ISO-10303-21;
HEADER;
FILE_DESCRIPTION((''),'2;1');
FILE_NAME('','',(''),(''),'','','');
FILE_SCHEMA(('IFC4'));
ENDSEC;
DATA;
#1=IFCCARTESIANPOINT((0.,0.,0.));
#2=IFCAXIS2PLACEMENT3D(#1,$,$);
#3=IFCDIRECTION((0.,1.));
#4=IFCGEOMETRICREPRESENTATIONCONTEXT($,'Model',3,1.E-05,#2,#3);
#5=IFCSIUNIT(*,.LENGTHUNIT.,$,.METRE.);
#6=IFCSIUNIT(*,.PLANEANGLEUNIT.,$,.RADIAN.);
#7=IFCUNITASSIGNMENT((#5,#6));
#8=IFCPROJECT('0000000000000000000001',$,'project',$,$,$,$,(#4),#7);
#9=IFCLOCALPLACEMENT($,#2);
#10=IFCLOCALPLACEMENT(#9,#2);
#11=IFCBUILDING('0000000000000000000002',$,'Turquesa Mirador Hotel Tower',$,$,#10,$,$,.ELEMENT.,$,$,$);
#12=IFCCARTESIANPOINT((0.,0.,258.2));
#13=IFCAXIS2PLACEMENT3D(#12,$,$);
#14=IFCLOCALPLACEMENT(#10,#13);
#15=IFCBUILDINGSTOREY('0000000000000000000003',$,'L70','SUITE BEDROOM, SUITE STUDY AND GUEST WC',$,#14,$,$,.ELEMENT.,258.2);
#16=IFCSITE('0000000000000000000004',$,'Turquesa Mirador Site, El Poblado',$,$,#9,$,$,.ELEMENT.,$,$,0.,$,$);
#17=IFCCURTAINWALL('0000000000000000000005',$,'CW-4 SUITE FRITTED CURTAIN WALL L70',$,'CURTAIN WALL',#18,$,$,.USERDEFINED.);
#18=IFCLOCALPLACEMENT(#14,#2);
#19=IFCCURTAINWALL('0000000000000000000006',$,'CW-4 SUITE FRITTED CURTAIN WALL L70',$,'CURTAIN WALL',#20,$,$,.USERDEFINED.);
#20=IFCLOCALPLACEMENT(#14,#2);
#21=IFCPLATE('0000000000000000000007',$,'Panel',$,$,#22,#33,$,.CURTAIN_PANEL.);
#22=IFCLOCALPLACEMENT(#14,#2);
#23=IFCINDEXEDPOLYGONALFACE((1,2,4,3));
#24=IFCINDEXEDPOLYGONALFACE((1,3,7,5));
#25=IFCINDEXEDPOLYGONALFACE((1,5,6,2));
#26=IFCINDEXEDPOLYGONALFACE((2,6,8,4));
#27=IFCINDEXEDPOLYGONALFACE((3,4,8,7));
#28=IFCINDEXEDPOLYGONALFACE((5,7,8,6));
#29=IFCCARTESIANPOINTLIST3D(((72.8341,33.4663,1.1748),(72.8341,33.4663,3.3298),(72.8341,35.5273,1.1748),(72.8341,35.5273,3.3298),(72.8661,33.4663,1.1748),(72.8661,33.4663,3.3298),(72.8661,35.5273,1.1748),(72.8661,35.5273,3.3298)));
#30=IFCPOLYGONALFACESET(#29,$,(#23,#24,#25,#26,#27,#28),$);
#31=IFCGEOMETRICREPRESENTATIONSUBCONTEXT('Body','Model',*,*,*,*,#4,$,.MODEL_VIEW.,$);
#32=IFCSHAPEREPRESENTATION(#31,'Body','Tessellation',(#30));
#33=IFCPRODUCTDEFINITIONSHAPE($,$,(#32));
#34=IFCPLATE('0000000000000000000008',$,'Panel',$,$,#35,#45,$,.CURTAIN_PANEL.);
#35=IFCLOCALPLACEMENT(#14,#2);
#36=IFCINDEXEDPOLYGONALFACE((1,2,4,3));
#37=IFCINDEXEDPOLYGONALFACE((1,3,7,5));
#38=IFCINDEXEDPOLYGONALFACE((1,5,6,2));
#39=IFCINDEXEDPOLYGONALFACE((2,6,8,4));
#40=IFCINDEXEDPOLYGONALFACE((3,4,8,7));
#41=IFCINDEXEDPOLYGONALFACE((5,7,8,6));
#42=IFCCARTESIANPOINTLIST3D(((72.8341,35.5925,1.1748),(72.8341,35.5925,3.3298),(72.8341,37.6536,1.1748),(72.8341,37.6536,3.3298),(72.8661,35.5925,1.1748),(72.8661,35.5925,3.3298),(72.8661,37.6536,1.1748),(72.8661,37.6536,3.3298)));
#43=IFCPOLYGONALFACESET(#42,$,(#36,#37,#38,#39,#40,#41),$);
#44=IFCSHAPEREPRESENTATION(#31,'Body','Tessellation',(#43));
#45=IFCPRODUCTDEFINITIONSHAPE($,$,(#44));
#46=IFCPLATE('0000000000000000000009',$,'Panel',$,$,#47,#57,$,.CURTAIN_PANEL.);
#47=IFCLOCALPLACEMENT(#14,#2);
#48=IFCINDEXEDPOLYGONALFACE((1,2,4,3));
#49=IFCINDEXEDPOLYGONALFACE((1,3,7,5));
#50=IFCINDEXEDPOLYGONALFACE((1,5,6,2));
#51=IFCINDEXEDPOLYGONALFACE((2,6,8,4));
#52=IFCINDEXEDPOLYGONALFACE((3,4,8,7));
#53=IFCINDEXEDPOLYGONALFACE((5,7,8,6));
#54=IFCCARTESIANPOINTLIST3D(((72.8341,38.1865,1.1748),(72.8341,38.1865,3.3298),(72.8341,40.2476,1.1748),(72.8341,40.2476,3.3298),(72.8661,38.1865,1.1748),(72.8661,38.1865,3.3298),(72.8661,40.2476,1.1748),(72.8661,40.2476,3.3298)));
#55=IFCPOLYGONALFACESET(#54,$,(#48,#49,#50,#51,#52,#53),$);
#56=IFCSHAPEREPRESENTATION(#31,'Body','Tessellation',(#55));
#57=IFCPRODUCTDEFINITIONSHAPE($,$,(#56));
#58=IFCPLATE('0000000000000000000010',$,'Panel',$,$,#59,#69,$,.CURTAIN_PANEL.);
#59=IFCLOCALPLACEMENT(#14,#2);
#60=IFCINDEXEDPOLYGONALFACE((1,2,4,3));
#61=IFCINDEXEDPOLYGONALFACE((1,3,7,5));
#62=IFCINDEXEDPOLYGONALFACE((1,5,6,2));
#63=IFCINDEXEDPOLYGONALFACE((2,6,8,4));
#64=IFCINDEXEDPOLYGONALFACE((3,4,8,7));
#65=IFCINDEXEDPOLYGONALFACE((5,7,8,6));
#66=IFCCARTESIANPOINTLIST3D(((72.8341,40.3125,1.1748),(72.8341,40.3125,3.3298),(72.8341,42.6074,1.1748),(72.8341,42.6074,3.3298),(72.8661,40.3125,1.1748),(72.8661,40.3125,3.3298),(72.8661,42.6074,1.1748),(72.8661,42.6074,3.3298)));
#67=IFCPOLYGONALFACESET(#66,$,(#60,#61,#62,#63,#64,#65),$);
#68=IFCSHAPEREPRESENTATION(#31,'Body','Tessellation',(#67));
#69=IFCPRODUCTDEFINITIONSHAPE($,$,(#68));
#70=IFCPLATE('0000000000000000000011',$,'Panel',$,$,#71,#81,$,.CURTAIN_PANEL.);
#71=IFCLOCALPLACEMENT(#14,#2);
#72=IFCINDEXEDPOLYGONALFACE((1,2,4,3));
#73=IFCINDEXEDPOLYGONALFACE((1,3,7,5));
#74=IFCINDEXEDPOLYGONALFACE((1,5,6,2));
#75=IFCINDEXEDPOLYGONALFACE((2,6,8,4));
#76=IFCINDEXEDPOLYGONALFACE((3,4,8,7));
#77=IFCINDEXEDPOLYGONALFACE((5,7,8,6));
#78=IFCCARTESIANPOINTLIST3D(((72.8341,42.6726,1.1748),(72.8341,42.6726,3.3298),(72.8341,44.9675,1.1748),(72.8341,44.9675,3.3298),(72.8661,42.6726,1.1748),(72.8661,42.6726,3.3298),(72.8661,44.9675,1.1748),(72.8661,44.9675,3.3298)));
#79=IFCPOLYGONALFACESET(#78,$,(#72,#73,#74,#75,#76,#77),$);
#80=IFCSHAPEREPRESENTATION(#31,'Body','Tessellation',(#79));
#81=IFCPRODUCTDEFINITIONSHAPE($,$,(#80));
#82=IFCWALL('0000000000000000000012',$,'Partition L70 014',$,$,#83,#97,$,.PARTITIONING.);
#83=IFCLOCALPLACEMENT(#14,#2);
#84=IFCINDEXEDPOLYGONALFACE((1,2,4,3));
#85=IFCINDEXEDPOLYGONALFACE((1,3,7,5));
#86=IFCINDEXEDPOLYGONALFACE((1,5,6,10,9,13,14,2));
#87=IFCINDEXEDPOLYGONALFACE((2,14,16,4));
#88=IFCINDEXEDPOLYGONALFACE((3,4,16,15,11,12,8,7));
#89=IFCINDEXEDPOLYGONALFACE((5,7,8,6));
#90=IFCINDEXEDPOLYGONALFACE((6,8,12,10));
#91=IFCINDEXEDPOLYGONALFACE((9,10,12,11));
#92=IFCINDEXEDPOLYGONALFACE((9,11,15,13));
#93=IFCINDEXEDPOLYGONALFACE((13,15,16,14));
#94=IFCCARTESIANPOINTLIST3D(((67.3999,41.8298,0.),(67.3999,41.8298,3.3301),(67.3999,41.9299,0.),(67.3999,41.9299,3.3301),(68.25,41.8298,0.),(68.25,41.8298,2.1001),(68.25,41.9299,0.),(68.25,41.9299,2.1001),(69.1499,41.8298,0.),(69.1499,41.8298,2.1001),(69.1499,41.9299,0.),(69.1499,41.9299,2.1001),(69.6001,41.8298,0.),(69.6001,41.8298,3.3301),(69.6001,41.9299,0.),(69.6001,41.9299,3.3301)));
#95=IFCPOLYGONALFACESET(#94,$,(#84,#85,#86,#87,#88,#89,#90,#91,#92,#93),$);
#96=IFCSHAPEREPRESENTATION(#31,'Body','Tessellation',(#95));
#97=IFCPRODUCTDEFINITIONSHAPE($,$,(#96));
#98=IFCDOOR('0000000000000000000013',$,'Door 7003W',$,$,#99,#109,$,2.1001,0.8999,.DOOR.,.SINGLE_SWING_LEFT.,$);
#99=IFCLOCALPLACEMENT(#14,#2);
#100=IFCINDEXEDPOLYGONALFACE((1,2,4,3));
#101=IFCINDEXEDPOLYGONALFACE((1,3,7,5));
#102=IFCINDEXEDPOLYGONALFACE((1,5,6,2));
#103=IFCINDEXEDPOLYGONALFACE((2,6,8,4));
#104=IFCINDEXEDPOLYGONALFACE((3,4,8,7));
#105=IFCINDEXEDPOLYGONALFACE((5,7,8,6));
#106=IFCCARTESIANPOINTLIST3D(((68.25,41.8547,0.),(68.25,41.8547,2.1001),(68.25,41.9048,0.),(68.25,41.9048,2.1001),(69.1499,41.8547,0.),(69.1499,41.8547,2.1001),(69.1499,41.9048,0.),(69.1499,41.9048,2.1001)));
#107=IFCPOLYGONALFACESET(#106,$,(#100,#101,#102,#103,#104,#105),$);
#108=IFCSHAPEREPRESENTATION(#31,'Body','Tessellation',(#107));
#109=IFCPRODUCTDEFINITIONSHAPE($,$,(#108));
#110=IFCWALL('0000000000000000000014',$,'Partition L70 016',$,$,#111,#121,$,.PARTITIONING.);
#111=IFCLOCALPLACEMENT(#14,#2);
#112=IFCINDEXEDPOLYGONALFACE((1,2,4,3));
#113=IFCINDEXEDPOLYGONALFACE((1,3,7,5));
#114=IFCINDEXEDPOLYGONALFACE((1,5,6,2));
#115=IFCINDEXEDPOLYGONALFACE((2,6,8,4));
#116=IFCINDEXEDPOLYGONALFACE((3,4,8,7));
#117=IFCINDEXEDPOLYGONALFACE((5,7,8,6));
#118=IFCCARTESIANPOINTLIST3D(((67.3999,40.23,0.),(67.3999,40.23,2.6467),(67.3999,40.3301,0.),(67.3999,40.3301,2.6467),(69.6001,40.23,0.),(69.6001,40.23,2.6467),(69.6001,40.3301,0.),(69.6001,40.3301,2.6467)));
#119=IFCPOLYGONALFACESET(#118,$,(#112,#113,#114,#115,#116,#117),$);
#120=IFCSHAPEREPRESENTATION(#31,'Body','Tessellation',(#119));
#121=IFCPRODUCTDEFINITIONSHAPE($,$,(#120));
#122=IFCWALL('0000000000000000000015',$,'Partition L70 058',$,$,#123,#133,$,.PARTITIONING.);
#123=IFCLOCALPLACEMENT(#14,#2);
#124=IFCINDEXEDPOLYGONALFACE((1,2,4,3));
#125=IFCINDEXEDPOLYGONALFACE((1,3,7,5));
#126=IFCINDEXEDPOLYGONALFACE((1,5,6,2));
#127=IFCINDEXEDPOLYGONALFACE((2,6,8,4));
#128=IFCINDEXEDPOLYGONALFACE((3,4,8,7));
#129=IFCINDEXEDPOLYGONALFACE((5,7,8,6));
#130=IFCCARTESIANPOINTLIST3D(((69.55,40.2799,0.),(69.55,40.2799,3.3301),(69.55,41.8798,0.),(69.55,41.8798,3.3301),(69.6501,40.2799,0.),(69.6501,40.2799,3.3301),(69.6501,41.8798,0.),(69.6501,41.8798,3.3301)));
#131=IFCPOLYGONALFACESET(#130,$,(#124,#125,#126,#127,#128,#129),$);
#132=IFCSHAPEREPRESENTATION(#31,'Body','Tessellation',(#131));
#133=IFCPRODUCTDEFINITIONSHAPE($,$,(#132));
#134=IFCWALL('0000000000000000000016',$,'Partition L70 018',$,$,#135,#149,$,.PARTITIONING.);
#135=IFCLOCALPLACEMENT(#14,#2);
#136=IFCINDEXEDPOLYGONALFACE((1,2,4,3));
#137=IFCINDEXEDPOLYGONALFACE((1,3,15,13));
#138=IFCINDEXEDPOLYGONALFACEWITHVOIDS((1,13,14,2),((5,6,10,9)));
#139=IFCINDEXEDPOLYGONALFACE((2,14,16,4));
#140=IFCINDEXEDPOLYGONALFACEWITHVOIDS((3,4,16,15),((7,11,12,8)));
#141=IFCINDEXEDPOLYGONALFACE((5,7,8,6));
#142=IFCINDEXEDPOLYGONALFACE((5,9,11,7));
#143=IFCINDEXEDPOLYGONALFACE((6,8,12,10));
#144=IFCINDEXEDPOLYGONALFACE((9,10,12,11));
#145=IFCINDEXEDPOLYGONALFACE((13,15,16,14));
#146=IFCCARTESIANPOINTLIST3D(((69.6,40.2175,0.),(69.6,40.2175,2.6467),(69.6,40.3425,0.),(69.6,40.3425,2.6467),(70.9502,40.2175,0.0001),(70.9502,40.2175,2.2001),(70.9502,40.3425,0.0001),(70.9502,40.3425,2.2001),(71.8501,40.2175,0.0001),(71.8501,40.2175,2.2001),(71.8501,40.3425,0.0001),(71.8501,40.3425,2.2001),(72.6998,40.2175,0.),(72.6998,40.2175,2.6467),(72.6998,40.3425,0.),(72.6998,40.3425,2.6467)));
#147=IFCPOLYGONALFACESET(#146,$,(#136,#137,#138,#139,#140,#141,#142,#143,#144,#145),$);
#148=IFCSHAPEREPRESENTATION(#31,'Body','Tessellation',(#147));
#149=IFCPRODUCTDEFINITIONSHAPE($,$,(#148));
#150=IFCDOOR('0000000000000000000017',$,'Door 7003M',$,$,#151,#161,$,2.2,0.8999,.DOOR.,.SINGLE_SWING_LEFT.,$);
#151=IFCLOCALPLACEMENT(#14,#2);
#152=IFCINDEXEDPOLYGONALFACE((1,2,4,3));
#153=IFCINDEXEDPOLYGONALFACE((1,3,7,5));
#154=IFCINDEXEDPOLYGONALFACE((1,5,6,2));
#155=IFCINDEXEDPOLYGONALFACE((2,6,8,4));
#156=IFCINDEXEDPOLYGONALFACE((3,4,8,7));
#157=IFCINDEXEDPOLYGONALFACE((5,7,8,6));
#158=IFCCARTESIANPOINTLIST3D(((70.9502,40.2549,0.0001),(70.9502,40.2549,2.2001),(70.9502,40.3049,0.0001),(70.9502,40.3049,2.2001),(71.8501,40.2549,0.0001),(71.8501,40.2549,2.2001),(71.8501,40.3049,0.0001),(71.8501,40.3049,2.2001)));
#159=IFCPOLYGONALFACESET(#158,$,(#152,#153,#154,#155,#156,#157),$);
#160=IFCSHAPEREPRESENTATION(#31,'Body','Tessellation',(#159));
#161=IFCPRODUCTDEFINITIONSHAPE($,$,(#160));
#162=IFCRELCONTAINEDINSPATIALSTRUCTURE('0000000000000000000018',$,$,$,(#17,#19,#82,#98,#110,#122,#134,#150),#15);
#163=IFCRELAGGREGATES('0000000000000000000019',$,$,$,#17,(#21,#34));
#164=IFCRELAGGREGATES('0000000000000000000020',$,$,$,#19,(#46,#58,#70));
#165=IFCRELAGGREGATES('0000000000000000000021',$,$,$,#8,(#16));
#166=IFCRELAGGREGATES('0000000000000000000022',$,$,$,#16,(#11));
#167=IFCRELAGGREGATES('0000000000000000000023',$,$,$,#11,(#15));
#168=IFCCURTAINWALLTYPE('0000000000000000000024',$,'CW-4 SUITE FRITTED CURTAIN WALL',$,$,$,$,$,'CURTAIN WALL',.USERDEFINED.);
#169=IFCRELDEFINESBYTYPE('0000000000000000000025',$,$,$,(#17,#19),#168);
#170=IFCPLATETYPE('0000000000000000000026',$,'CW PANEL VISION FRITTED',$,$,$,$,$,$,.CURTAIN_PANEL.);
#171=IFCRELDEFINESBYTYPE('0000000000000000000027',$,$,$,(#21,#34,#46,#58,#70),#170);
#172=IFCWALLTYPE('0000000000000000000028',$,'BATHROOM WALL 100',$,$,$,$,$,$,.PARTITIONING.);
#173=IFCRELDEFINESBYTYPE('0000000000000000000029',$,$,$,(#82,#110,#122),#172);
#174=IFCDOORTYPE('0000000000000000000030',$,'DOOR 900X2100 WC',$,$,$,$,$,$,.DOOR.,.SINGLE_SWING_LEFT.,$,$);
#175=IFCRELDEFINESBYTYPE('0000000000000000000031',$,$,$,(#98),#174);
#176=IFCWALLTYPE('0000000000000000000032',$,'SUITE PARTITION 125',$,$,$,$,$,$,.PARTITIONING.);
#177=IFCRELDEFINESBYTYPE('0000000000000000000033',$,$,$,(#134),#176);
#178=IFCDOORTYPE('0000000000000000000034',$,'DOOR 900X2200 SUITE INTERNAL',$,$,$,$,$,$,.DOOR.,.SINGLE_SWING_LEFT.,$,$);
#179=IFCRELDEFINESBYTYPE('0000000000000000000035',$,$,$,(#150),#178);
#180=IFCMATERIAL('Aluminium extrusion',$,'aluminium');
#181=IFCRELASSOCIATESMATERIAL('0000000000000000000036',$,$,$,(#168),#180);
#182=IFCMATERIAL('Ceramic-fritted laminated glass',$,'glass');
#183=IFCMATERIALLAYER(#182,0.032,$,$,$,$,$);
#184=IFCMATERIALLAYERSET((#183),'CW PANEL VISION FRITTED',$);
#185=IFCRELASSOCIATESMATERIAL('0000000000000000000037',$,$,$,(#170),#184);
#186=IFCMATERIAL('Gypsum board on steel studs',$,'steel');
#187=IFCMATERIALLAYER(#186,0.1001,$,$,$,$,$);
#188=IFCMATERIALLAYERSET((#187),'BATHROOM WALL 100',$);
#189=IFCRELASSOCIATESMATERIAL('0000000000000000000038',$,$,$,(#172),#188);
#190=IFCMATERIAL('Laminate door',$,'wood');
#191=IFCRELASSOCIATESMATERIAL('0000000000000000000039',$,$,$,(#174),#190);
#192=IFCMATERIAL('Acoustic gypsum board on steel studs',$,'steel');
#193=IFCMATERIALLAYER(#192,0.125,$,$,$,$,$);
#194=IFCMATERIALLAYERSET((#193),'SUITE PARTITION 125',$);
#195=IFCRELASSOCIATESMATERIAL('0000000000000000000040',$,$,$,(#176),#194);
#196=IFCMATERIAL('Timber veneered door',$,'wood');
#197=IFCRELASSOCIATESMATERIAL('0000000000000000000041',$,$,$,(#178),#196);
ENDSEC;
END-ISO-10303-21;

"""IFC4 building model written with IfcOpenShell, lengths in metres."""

from ifc_helpers import new_model, si_unit, direction, frame, frame_2d, origin, origin_2d, place, context, subcontext, project, spatial, rectangle, extrude, material, layer, layer_set, type_object, element, fill, aggregate, save


model = new_model("IFC4")

# Units and contexts
model_context = context("Model", 3, precision=1e-05, world=origin(), true_north=direction((0.0, 1.0)))
body_context = subcontext(model_context, "Body", "Model", "MODEL_VIEW")
ifc_project = project(units=[si_unit("LENGTHUNIT", "METRE"), si_unit("PLANEANGLEUNIT", "RADIAN")], contexts=[model_context])

# Site, building, storey
site_placement = place(None, origin())
site = spatial("IfcSite", under=ifc_project, at=site_placement, Name="Turquesa Mirador Site, El Poblado", CompositionType="ELEMENT", RefElevation=0.0)
building_placement = place(site_placement, origin())
building = spatial("IfcBuilding", under=site, at=building_placement, Name="Turquesa Mirador Hotel Tower", CompositionType="ELEMENT")
storey_placement = place(building_placement, frame((0.0, 0.0, 258.2)))
storey = spatial("IfcBuildingStorey", under=building, at=storey_placement, Name="L70", Description="SUITE BEDROOM, SUITE STUDY AND GUEST WC", CompositionType="ELEMENT", Elevation=258.2)

# Curtain walls
ifc_material_1 = material(Name="Aluminium extrusion", Category="aluminium")
curtain_wall_type = type_object("IfcCurtainWallType", Name="CW-4 SUITE FRITTED CURTAIN WALL", ElementType="CURTAIN WALL", PredefinedType="USERDEFINED", material=ifc_material_1)
curtain_wall_1_placement = place(storey_placement, origin())
curtain_wall_1 = element("IfcCurtainWall", 1, at=curtain_wall_1_placement, inside=storey, type_object=curtain_wall_type, Name="CW-4 SUITE FRITTED CURTAIN WALL L70", ObjectType="CURTAIN WALL", PredefinedType="USERDEFINED")
curtain_wall_2_placement = place(storey_placement, origin())
curtain_wall_2 = element("IfcCurtainWall", 2, at=curtain_wall_2_placement, inside=storey, type_object=curtain_wall_type, Name="CW-4 SUITE FRITTED CURTAIN WALL L70", ObjectType="CURTAIN WALL", PredefinedType="USERDEFINED")

# Plates
ifc_material_2 = material(Name="Ceramic-fritted laminated glass", Category="glass")
ifc_layer_1 = layer(ifc_material_2, 0.032)
ifc_layer_set_1 = layer_set([ifc_layer_1], Name="CW PANEL VISION FRITTED")
plate_type_1 = type_object("IfcPlateType", Name="CW PANEL VISION FRITTED", PredefinedType="CURTAIN_PANEL", material=ifc_layer_set_1)
plate_1_placement = place(storey_placement, frame((72.8501, 34.4968, 1.1748), z_axis=(0.0, 0.0, 1.0), x_axis=(0.0, 1.0, 0.0)))
plate_1 = element("IfcPlate", 3, at=plate_1_placement, type_object=plate_type_1, Name="Panel", PredefinedType="CURTAIN_PANEL", context=body_context, shape_type="SweptSolid", body=[
    extrude(rectangle(XDim=2.061, YDim=0.032, at=origin_2d()), origin(), (0.0, 0.0, 1.0), 2.155),
])
plate_2_placement = place(storey_placement, frame((72.8501, 36.623, 1.1748), z_axis=(0.0, 0.0, 1.0), x_axis=(0.0, 1.0, 0.0)))
plate_2 = element("IfcPlate", 4, at=plate_2_placement, type_object=plate_type_1, Name="Panel", PredefinedType="CURTAIN_PANEL", context=body_context, shape_type="SweptSolid", body=[
    extrude(rectangle(XDim=2.061, YDim=0.032, at=origin_2d()), origin(), (0.0, 0.0, 1.0), 2.155),
])
aggregate(curtain_wall_1, [plate_1, plate_2])
plate_3_placement = place(storey_placement, frame((72.8501, 39.217, 1.1748), z_axis=(0.0, 0.0, 1.0), x_axis=(0.0, 1.0, 0.0)))
plate_3 = element("IfcPlate", 5, at=plate_3_placement, type_object=plate_type_1, Name="Panel", PredefinedType="CURTAIN_PANEL", context=body_context, shape_type="SweptSolid", body=[
    extrude(rectangle(XDim=2.061, YDim=0.032, at=origin_2d()), origin(), (0.0, 0.0, 1.0), 2.155),
])
plate_4_placement = place(storey_placement, frame((72.8501, 41.46, 1.1748), z_axis=(0.0, 0.0, 1.0), x_axis=(0.0, 1.0, 0.0)))
plate_4 = element("IfcPlate", 6, at=plate_4_placement, type_object=plate_type_1, Name="Panel", PredefinedType="CURTAIN_PANEL", context=body_context, shape_type="SweptSolid", body=[
    extrude(rectangle(XDim=2.2949, YDim=0.032, at=origin_2d()), origin(), (0.0, 0.0, 1.0), 2.155),
])
plate_5_placement = place(storey_placement, frame((72.8501, 43.8201, 1.1748), z_axis=(0.0, 0.0, 1.0), x_axis=(0.0, 1.0, 0.0)))
plate_5 = element("IfcPlate", 7, at=plate_5_placement, type_object=plate_type_1, Name="Panel", PredefinedType="CURTAIN_PANEL", context=body_context, shape_type="SweptSolid", body=[
    extrude(rectangle(XDim=2.2949, YDim=0.032, at=origin_2d()), origin(), (0.0, 0.0, 1.0), 2.155),
])
aggregate(curtain_wall_2, [plate_3, plate_4, plate_5])

# Wall, opening, door
ifc_material_3 = material(Name="Gypsum board on steel studs", Category="steel")
ifc_layer_2 = layer(ifc_material_3, 0.1001)
ifc_layer_set_2 = layer_set([ifc_layer_2], Name="BATHROOM WALL 100")
wall_type_1 = type_object("IfcWallType", Name="BATHROOM WALL 100", PredefinedType="PARTITIONING", material=ifc_layer_set_2)
wall_1_placement = place(storey_placement, frame((67.3999, 41.8799, 0.0), z_axis=(0.0, 0.0, 1.0), x_axis=(1.0, 0.0, 0.0)))
wall_1 = element("IfcWall", 8, at=wall_1_placement, inside=storey, type_object=wall_type_1, Name="Partition L70 014", PredefinedType="PARTITIONING", context=body_context, shape_type="SweptSolid", body=[
    extrude(rectangle(XDim=2.2002, YDim=0.1001, at=frame_2d((1.1001, 0.0))), origin(), (0.0, 0.0, 1.0), 3.3301),
])
opening_1_placement = place(wall_1_placement, frame((0.8501, 0.0, 0.0)))
opening_1 = element("IfcOpeningElement", 9, at=opening_1_placement, cuts=wall_1, PredefinedType="OPENING", context=body_context, shape_type="SweptSolid", body=[
    extrude(rectangle(XDim=0.8999, YDim=2.1001, at=frame_2d((0.45, 1.05))), frame((0.0, 0.0601, 0.0), z_axis=(0.0, -1.0, 0.0), x_axis=(1.0, 0.0, 0.0)), (0.0, 0.0, 1.0), 0.1201),
])
ifc_material_4 = material(Name="Laminate door", Category="wood")
door_type_1 = type_object("IfcDoorType", Name="DOOR 900X2100 WC", OperationType="SINGLE_SWING_LEFT", PredefinedType="DOOR", material=ifc_material_4)
door_1_placement = place(opening_1_placement, origin())
door_1 = element("IfcDoor", 10, at=door_1_placement, inside=storey, type_object=door_type_1, Name="Door 7003W", OperationType="SINGLE_SWING_LEFT", OverallHeight=2.1001, OverallWidth=0.8999, PredefinedType="DOOR", context=body_context, shape_type="SweptSolid", body=[
    extrude(rectangle(XDim=0.8999, YDim=2.1001, at=frame_2d((0.45, 1.05))), frame((0.0, 0.0249, 0.0), z_axis=(0.0, -1.0, 0.0), x_axis=(1.0, 0.0, 0.0)), (0.0, 0.0, 1.0), 0.05),
])
fill(opening_1, door_1)

# Walls
wall_2_placement = place(storey_placement, frame((67.3999, 40.28, 0.0), z_axis=(0.0, 0.0, 1.0), x_axis=(1.0, 0.0, 0.0)))
element("IfcWall", 11, at=wall_2_placement, inside=storey, type_object=wall_type_1, Name="Partition L70 016", PredefinedType="PARTITIONING", context=body_context, shape_type="SweptSolid", body=[
    extrude(rectangle(XDim=2.2002, YDim=0.1001, at=frame_2d((1.1001, 0.0))), origin(), (0.0, 0.0, 1.0), 2.6467),
])
wall_3_placement = place(storey_placement, frame((69.6001, 40.28, 0.0), z_axis=(0.0, 0.0, 1.0), x_axis=(0.0, 1.0, 0.0)))
element("IfcWall", 12, at=wall_3_placement, inside=storey, type_object=wall_type_1, Name="Partition L70 058", PredefinedType="PARTITIONING", context=body_context, shape_type="SweptSolid", body=[
    extrude(rectangle(XDim=1.5999, YDim=0.1001, at=frame_2d((0.7998, 0.0))), origin(), (0.0, 0.0, 1.0), 3.3301),
])

# Wall, opening, door
ifc_material_5 = material(Name="Acoustic gypsum board on steel studs", Category="steel")
ifc_layer_3 = layer(ifc_material_5, 0.125)
ifc_layer_set_3 = layer_set([ifc_layer_3], Name="SUITE PARTITION 125")
wall_type_2 = type_object("IfcWallType", Name="SUITE PARTITION 125", PredefinedType="PARTITIONING", material=ifc_layer_set_3)
wall_4_placement = place(storey_placement, frame((69.6001, 40.28, 0.0), z_axis=(0.0, 0.0, 1.0), x_axis=(1.0, 0.0, 0.0)))
wall_4 = element("IfcWall", 13, at=wall_4_placement, inside=storey, type_object=wall_type_2, Name="Partition L70 018", PredefinedType="PARTITIONING", context=body_context, shape_type="SweptSolid", body=[
    extrude(rectangle(XDim=3.0999, YDim=0.125, at=frame_2d((1.5498, 0.0))), origin(), (0.0, 0.0, 1.0), 2.6467),
])
opening_2_placement = place(wall_4_placement, frame((1.3501, 0.0, 0.0)))
opening_2 = element("IfcOpeningElement", 14, at=opening_2_placement, cuts=wall_4, PredefinedType="OPENING", context=body_context, shape_type="SweptSolid", body=[
    extrude(rectangle(XDim=0.8999, YDim=2.2, at=frame_2d((0.45, 1.1001))), frame((0.0, 0.0725, 0.0), z_axis=(0.0, -1.0, 0.0), x_axis=(1.0, 0.0, 0.0)), (0.0, 0.0, 1.0), 0.145),
])
ifc_material_6 = material(Name="Timber veneered door", Category="wood")
door_type_2 = type_object("IfcDoorType", Name="DOOR 900X2200 SUITE INTERNAL", OperationType="SINGLE_SWING_LEFT", PredefinedType="DOOR", material=ifc_material_6)
door_2_placement = place(opening_2_placement, origin())
door_2 = element("IfcDoor", 15, at=door_2_placement, inside=storey, type_object=door_type_2, Name="Door 7003M", OperationType="SINGLE_SWING_LEFT", OverallHeight=2.2, OverallWidth=0.8999, PredefinedType="DOOR", context=body_context, shape_type="SweptSolid", body=[
    extrude(rectangle(XDim=0.8999, YDim=2.2, at=frame_2d((0.45, 1.1001))), frame((0.0, 0.0249, 0.0), z_axis=(0.0, -1.0, 0.0), x_axis=(1.0, 0.0, 0.0)), (0.0, 0.0, 1.0), 0.05),
])
fill(opening_2, door_2)

save(model, "model.ifc")
